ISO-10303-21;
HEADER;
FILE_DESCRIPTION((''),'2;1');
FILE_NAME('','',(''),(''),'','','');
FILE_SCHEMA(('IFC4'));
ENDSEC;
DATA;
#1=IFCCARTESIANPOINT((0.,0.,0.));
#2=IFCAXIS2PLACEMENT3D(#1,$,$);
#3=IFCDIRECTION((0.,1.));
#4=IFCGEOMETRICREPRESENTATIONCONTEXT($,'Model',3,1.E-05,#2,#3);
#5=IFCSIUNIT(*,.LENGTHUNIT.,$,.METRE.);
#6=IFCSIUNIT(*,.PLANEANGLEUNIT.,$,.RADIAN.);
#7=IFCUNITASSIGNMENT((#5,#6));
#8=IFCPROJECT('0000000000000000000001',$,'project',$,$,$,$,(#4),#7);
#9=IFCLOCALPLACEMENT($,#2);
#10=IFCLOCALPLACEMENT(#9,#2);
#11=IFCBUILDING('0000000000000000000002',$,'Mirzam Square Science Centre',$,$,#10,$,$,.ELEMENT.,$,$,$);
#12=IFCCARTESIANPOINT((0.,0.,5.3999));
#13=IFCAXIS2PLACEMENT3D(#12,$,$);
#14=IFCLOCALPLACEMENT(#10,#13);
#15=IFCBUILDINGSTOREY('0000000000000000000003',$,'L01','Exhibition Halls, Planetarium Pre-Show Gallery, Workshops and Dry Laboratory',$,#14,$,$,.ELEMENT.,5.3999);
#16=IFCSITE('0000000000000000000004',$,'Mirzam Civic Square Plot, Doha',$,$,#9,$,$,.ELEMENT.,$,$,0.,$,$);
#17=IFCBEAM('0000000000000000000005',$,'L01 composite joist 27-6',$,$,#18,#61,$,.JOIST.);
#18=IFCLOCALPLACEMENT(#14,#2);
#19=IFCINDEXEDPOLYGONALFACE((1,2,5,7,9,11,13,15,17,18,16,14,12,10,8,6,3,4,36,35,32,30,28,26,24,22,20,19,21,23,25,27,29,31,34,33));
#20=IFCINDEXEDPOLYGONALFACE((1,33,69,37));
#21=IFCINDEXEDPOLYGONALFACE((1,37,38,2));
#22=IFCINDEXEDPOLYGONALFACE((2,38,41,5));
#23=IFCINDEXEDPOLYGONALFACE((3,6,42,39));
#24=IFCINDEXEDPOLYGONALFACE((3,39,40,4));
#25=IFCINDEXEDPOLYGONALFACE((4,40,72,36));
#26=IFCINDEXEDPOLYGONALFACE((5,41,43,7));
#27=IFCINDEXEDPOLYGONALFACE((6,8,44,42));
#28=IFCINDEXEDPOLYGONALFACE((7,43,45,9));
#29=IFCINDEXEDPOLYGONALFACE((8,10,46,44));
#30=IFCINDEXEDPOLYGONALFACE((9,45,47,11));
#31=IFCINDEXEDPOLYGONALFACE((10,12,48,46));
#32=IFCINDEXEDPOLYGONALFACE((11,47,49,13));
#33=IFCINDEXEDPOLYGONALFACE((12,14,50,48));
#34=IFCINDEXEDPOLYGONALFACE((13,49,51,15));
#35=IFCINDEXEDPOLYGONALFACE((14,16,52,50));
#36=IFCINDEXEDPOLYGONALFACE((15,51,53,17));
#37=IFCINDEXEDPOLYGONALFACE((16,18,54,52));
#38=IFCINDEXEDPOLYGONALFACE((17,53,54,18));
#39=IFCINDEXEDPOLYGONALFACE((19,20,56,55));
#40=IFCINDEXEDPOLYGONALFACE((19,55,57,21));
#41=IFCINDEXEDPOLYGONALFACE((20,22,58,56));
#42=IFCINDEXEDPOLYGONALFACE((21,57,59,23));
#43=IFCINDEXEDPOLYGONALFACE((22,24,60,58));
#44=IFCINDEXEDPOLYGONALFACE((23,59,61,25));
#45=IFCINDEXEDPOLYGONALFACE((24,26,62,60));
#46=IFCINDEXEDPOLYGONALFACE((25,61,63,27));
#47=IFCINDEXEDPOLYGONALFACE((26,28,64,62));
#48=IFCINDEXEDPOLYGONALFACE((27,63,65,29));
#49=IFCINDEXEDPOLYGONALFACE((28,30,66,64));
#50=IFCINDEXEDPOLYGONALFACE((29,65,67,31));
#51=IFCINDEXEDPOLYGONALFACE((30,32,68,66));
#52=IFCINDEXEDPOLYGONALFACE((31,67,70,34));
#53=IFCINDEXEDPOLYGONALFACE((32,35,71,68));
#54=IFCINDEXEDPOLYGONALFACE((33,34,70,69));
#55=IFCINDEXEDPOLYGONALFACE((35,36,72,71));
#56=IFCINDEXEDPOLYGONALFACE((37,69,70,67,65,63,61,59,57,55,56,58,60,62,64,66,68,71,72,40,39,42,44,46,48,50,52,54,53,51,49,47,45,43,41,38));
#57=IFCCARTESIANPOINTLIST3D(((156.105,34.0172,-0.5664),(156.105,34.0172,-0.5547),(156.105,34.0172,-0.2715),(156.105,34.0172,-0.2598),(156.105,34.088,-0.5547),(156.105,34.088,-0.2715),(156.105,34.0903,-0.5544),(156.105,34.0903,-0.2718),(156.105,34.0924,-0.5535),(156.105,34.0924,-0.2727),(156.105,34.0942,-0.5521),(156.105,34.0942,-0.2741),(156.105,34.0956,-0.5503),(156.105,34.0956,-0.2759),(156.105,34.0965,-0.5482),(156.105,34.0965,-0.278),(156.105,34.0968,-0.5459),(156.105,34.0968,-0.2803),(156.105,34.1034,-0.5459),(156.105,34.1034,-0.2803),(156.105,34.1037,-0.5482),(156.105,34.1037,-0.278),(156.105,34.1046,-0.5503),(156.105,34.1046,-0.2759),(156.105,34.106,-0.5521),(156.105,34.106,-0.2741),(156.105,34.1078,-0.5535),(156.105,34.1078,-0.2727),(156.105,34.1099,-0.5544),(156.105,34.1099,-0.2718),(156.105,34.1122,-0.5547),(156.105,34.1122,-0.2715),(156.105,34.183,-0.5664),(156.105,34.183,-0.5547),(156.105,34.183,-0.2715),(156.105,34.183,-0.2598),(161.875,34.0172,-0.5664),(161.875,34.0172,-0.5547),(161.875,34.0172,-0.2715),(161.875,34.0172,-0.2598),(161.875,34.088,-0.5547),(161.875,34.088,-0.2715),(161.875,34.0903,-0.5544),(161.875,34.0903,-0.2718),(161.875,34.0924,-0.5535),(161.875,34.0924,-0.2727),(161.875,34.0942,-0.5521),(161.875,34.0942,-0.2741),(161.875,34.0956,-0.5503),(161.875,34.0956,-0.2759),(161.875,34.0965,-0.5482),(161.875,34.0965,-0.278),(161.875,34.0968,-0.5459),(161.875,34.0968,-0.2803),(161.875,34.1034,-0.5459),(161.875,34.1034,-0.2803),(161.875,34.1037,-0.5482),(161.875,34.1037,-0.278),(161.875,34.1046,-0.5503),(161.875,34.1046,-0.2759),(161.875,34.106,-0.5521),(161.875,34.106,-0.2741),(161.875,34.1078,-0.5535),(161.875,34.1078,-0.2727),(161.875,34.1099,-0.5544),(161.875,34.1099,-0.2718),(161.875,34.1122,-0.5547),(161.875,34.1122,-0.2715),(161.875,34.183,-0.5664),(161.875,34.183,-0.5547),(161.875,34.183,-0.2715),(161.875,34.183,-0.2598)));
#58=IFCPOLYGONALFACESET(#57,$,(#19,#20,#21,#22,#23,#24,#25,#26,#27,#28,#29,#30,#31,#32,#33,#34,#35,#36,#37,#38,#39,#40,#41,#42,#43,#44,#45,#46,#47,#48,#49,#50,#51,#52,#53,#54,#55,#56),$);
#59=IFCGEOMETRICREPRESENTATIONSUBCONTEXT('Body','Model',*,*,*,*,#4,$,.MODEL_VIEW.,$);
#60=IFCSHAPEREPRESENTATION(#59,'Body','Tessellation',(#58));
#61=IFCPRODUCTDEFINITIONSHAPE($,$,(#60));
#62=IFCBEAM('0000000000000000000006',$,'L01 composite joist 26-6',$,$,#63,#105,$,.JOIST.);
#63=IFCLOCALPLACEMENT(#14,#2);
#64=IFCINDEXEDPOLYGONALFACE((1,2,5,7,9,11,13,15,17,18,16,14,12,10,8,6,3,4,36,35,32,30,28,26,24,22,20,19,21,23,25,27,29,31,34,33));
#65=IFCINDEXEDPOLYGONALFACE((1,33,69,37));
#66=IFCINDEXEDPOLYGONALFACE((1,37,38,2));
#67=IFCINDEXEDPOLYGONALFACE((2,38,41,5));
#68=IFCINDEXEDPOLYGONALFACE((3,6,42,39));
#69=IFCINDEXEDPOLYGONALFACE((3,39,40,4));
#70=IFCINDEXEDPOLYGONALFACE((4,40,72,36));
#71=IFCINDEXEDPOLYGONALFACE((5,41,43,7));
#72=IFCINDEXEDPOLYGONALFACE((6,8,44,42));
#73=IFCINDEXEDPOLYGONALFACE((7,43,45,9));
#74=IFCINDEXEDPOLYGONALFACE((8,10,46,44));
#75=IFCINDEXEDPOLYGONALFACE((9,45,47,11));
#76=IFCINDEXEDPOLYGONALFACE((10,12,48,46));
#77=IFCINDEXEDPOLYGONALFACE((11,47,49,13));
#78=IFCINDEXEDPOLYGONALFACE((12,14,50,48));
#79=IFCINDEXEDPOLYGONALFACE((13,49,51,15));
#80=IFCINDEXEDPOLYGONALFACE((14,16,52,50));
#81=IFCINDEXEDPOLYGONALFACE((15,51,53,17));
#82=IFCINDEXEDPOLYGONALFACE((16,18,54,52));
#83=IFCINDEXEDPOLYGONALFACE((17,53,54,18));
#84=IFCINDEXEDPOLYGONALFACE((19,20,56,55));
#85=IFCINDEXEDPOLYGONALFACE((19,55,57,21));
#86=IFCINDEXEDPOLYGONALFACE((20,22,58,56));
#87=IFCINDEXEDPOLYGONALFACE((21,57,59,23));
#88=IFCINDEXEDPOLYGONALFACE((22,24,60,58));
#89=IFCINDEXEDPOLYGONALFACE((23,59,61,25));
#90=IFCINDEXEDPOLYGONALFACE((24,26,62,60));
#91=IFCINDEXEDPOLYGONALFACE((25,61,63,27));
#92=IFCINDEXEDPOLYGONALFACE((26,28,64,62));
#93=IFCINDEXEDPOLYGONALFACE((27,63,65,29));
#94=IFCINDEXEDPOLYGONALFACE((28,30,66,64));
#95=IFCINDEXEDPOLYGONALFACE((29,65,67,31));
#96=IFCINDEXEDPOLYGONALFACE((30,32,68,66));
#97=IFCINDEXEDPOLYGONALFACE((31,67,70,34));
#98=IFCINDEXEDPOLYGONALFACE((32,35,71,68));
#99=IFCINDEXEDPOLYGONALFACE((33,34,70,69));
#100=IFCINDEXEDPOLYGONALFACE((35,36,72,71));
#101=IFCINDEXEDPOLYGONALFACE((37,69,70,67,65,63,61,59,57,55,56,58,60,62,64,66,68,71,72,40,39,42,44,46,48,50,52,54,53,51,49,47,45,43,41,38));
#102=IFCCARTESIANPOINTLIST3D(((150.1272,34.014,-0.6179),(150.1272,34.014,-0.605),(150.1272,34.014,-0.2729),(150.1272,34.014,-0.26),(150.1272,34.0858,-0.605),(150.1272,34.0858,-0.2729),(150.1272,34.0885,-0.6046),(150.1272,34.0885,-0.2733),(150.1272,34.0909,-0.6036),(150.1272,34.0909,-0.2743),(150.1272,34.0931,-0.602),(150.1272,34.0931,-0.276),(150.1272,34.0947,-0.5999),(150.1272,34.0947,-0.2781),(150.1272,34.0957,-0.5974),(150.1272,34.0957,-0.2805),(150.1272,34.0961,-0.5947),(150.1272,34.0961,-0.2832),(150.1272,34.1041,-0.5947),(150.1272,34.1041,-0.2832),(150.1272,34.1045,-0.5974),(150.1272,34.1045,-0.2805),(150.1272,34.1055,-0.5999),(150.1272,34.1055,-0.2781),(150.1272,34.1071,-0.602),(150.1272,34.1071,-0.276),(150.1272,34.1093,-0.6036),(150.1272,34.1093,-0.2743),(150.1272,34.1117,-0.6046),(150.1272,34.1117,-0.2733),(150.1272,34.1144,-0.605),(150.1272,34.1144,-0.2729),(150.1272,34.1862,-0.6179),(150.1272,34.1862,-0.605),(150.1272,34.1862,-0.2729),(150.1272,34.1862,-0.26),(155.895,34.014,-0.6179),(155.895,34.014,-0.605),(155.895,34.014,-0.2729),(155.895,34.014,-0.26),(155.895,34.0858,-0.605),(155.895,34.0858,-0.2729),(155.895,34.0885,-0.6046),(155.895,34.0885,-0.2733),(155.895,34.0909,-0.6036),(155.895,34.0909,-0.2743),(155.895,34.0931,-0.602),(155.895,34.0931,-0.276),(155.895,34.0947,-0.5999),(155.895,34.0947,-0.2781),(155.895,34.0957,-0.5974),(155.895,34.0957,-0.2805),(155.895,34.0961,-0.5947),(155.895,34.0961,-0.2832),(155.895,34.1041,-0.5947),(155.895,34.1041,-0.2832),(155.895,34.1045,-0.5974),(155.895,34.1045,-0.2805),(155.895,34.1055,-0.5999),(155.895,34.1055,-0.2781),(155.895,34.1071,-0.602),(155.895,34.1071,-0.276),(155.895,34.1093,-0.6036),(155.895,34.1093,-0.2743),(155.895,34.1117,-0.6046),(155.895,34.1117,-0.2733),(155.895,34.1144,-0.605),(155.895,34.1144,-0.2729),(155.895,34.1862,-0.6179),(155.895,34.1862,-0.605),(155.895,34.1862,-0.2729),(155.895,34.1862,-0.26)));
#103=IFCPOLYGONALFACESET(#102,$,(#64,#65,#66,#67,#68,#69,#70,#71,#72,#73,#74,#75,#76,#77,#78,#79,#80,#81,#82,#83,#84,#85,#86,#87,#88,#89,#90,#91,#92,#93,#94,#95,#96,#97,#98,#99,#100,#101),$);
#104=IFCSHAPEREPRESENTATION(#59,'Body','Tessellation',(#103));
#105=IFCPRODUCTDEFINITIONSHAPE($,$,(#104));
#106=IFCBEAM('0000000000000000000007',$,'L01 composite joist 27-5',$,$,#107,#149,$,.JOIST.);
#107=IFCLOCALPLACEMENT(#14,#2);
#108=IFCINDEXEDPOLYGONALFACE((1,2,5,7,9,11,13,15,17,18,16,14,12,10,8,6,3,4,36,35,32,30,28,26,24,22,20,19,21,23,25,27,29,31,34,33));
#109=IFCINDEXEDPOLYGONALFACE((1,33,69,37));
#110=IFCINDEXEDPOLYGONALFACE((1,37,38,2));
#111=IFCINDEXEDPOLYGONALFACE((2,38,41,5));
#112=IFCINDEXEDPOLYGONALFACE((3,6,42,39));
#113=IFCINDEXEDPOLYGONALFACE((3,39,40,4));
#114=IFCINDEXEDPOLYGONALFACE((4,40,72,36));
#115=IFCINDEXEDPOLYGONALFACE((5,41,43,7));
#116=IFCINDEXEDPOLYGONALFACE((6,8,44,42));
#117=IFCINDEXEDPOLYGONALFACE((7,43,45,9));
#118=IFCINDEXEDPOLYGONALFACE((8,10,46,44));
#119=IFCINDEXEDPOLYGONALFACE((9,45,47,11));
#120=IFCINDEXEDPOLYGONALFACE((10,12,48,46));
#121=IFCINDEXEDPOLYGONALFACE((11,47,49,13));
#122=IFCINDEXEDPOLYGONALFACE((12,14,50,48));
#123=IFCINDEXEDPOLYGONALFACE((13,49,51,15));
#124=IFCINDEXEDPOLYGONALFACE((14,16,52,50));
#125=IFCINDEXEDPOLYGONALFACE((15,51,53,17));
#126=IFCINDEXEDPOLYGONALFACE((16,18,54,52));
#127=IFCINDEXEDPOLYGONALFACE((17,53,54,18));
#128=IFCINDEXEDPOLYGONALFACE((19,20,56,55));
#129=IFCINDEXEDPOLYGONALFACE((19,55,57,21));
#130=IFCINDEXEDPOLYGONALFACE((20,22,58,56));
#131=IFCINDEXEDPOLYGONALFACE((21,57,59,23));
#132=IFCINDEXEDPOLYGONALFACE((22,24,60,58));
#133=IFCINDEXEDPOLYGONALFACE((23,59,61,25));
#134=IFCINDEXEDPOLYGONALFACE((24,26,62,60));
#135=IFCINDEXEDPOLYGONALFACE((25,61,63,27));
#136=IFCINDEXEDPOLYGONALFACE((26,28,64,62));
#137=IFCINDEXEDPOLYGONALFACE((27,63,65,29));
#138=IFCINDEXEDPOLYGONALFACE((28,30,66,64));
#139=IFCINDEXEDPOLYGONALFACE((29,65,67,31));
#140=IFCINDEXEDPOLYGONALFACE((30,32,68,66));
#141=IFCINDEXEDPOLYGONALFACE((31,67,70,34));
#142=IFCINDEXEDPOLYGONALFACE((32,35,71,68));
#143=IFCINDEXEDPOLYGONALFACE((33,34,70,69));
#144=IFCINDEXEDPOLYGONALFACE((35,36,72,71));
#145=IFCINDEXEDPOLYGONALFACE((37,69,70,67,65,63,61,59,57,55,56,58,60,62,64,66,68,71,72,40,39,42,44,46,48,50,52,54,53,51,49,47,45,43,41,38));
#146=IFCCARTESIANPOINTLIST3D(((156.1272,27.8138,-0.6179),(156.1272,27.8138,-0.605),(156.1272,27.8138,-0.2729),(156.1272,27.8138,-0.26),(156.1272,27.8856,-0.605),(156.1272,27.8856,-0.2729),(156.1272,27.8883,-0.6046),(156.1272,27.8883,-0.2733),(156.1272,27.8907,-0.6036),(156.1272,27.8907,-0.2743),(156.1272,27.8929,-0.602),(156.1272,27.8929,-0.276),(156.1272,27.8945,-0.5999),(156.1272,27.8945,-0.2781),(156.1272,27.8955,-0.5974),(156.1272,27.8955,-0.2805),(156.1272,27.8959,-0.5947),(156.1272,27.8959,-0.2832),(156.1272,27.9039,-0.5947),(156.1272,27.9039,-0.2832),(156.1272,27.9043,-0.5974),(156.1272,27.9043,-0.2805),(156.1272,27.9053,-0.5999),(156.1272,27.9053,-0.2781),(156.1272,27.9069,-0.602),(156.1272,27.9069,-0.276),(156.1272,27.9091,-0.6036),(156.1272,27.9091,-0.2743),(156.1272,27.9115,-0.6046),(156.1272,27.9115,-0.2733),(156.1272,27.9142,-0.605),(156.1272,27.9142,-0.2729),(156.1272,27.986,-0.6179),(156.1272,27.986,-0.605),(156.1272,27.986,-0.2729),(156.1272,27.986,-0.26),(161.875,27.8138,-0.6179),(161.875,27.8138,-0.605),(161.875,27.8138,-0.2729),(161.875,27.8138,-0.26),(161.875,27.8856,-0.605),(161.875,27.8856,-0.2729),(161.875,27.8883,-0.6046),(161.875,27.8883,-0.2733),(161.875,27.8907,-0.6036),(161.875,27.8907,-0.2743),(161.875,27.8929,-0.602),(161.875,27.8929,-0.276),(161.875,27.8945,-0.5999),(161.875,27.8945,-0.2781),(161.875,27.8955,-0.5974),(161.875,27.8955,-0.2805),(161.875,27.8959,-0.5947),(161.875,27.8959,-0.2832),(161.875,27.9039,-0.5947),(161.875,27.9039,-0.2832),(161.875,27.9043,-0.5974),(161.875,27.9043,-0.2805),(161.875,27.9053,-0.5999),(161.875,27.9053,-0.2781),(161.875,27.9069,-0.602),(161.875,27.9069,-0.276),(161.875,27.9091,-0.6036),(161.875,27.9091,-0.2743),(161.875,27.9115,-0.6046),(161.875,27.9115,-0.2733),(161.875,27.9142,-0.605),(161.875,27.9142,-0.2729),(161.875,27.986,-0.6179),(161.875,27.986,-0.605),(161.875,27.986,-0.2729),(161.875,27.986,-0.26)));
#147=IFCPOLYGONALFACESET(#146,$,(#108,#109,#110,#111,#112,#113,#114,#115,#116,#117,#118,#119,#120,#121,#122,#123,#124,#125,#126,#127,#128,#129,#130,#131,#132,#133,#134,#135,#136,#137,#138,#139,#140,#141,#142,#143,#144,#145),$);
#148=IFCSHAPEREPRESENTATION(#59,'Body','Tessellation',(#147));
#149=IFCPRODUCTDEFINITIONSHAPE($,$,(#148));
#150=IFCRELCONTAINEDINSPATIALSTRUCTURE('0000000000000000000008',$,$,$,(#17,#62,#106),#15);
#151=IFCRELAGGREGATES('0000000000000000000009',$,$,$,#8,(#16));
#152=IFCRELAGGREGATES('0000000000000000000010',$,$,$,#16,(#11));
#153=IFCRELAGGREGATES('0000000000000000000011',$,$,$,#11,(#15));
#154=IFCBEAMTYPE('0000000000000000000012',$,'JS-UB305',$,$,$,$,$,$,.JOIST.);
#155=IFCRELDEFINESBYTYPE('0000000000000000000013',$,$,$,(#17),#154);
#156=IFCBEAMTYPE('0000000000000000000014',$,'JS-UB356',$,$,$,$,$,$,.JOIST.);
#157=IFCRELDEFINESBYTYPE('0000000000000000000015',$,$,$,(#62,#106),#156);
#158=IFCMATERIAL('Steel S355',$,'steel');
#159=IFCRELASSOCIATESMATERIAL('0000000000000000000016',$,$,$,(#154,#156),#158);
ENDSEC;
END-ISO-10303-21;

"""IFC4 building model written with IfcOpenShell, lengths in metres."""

from ifc_helpers import new_model, si_unit, direction, frame, origin, origin_2d, place, context, subcontext, project, spatial, i_section, extrude, material, material_profile, profile_set, type_object, element, save


model = new_model("IFC4")

# Units and contexts
model_context = context("Model", 3, precision=1e-05, world=origin(), true_north=direction((0.0, 1.0)))
body_context = subcontext(model_context, "Body", "Model", "MODEL_VIEW")
ifc_project = project(units=[si_unit("LENGTHUNIT", "METRE"), si_unit("PLANEANGLEUNIT", "RADIAN")], contexts=[model_context])

# Site, building, storey
site_placement = place(None, origin())
site = spatial("IfcSite", under=ifc_project, at=site_placement, Name="Mirzam Civic Square Plot, Doha", CompositionType="ELEMENT", RefElevation=0.0)
building_placement = place(site_placement, origin())
building = spatial("IfcBuilding", under=site, at=building_placement, Name="Mirzam Square Science Centre", CompositionType="ELEMENT")
storey_placement = place(building_placement, frame((0.0, 0.0, 5.3999)))
storey = spatial("IfcBuildingStorey", under=building, at=storey_placement, Name="L01", Description="Exhibition Halls, Planetarium Pre-Show Gallery, Workshops and Dry Laboratory", CompositionType="ELEMENT", Elevation=5.3999)

# Shared definitions
ifc_material_1 = material(Name="Steel S355", Category="steel")

# Beams
ifc_material_profile_1 = material_profile(ifc_material_1, i_section(OverallWidth=0.1658, OverallDepth=0.3066, WebThickness=0.0066, FlangeThickness=0.0117, FilletRadius=0.0088, at=origin_2d()), Name="305x165x46UB")
ifc_profile_set_1 = profile_set([ifc_material_profile_1], Name="Steel S355")
beam_type_1 = type_object("IfcBeamType", Name="JS-UB305", PredefinedType="JOIST", material=ifc_profile_set_1)
beam_1_placement = place(storey_placement, frame((156.105, 34.1001, -0.4131), z_axis=(1.0, 0.0, 0.0), x_axis=(0.0, 1.0, 0.0)))
element("IfcBeam", 1, at=beam_1_placement, inside=storey, type_object=beam_type_1, Name="L01 composite joist 27-6", PredefinedType="JOIST", context=body_context, shape_type="SweptSolid", body=[
    extrude(i_section(OverallWidth=0.1658, OverallDepth=0.3066, WebThickness=0.0066, FlangeThickness=0.0117, FilletRadius=0.0088, at=origin_2d()), origin(), (0.0, 0.0, 1.0), 5.77),
])
ifc_material_profile_2 = material_profile(ifc_material_1, i_section(OverallWidth=0.1721, OverallDepth=0.3579, WebThickness=0.0081, FlangeThickness=0.0129, FilletRadius=0.0103, at=origin_2d()), Name="356x171x57UB")
ifc_profile_set_2 = profile_set([ifc_material_profile_2], Name="Steel S355")
beam_type_2 = type_object("IfcBeamType", Name="JS-UB356", PredefinedType="JOIST", material=ifc_profile_set_2)
beam_2_placement = place(storey_placement, frame((150.1272, 34.1001, -0.439), z_axis=(1.0, 0.0, 0.0), x_axis=(0.0, 1.0, 0.0)))
element("IfcBeam", 2, at=beam_2_placement, inside=storey, type_object=beam_type_2, Name="L01 composite joist 26-6", PredefinedType="JOIST", context=body_context, shape_type="SweptSolid", body=[
    extrude(i_section(OverallWidth=0.1721, OverallDepth=0.3579, WebThickness=0.0081, FlangeThickness=0.0129, FilletRadius=0.0103, at=origin_2d()), origin(), (0.0, 0.0, 1.0), 5.7678),
])
beam_3_placement = place(storey_placement, frame((156.1272, 27.8999, -0.439), z_axis=(1.0, 0.0, 0.0), x_axis=(0.0, 1.0, 0.0)))
element("IfcBeam", 3, at=beam_3_placement, inside=storey, type_object=beam_type_2, Name="L01 composite joist 27-5", PredefinedType="JOIST", context=body_context, shape_type="SweptSolid", body=[
    extrude(i_section(OverallWidth=0.1721, OverallDepth=0.3579, WebThickness=0.0081, FlangeThickness=0.0129, FilletRadius=0.0103, at=origin_2d()), origin(), (0.0, 0.0, 1.0), 5.7478),
])

save(model, "model.ifc")
